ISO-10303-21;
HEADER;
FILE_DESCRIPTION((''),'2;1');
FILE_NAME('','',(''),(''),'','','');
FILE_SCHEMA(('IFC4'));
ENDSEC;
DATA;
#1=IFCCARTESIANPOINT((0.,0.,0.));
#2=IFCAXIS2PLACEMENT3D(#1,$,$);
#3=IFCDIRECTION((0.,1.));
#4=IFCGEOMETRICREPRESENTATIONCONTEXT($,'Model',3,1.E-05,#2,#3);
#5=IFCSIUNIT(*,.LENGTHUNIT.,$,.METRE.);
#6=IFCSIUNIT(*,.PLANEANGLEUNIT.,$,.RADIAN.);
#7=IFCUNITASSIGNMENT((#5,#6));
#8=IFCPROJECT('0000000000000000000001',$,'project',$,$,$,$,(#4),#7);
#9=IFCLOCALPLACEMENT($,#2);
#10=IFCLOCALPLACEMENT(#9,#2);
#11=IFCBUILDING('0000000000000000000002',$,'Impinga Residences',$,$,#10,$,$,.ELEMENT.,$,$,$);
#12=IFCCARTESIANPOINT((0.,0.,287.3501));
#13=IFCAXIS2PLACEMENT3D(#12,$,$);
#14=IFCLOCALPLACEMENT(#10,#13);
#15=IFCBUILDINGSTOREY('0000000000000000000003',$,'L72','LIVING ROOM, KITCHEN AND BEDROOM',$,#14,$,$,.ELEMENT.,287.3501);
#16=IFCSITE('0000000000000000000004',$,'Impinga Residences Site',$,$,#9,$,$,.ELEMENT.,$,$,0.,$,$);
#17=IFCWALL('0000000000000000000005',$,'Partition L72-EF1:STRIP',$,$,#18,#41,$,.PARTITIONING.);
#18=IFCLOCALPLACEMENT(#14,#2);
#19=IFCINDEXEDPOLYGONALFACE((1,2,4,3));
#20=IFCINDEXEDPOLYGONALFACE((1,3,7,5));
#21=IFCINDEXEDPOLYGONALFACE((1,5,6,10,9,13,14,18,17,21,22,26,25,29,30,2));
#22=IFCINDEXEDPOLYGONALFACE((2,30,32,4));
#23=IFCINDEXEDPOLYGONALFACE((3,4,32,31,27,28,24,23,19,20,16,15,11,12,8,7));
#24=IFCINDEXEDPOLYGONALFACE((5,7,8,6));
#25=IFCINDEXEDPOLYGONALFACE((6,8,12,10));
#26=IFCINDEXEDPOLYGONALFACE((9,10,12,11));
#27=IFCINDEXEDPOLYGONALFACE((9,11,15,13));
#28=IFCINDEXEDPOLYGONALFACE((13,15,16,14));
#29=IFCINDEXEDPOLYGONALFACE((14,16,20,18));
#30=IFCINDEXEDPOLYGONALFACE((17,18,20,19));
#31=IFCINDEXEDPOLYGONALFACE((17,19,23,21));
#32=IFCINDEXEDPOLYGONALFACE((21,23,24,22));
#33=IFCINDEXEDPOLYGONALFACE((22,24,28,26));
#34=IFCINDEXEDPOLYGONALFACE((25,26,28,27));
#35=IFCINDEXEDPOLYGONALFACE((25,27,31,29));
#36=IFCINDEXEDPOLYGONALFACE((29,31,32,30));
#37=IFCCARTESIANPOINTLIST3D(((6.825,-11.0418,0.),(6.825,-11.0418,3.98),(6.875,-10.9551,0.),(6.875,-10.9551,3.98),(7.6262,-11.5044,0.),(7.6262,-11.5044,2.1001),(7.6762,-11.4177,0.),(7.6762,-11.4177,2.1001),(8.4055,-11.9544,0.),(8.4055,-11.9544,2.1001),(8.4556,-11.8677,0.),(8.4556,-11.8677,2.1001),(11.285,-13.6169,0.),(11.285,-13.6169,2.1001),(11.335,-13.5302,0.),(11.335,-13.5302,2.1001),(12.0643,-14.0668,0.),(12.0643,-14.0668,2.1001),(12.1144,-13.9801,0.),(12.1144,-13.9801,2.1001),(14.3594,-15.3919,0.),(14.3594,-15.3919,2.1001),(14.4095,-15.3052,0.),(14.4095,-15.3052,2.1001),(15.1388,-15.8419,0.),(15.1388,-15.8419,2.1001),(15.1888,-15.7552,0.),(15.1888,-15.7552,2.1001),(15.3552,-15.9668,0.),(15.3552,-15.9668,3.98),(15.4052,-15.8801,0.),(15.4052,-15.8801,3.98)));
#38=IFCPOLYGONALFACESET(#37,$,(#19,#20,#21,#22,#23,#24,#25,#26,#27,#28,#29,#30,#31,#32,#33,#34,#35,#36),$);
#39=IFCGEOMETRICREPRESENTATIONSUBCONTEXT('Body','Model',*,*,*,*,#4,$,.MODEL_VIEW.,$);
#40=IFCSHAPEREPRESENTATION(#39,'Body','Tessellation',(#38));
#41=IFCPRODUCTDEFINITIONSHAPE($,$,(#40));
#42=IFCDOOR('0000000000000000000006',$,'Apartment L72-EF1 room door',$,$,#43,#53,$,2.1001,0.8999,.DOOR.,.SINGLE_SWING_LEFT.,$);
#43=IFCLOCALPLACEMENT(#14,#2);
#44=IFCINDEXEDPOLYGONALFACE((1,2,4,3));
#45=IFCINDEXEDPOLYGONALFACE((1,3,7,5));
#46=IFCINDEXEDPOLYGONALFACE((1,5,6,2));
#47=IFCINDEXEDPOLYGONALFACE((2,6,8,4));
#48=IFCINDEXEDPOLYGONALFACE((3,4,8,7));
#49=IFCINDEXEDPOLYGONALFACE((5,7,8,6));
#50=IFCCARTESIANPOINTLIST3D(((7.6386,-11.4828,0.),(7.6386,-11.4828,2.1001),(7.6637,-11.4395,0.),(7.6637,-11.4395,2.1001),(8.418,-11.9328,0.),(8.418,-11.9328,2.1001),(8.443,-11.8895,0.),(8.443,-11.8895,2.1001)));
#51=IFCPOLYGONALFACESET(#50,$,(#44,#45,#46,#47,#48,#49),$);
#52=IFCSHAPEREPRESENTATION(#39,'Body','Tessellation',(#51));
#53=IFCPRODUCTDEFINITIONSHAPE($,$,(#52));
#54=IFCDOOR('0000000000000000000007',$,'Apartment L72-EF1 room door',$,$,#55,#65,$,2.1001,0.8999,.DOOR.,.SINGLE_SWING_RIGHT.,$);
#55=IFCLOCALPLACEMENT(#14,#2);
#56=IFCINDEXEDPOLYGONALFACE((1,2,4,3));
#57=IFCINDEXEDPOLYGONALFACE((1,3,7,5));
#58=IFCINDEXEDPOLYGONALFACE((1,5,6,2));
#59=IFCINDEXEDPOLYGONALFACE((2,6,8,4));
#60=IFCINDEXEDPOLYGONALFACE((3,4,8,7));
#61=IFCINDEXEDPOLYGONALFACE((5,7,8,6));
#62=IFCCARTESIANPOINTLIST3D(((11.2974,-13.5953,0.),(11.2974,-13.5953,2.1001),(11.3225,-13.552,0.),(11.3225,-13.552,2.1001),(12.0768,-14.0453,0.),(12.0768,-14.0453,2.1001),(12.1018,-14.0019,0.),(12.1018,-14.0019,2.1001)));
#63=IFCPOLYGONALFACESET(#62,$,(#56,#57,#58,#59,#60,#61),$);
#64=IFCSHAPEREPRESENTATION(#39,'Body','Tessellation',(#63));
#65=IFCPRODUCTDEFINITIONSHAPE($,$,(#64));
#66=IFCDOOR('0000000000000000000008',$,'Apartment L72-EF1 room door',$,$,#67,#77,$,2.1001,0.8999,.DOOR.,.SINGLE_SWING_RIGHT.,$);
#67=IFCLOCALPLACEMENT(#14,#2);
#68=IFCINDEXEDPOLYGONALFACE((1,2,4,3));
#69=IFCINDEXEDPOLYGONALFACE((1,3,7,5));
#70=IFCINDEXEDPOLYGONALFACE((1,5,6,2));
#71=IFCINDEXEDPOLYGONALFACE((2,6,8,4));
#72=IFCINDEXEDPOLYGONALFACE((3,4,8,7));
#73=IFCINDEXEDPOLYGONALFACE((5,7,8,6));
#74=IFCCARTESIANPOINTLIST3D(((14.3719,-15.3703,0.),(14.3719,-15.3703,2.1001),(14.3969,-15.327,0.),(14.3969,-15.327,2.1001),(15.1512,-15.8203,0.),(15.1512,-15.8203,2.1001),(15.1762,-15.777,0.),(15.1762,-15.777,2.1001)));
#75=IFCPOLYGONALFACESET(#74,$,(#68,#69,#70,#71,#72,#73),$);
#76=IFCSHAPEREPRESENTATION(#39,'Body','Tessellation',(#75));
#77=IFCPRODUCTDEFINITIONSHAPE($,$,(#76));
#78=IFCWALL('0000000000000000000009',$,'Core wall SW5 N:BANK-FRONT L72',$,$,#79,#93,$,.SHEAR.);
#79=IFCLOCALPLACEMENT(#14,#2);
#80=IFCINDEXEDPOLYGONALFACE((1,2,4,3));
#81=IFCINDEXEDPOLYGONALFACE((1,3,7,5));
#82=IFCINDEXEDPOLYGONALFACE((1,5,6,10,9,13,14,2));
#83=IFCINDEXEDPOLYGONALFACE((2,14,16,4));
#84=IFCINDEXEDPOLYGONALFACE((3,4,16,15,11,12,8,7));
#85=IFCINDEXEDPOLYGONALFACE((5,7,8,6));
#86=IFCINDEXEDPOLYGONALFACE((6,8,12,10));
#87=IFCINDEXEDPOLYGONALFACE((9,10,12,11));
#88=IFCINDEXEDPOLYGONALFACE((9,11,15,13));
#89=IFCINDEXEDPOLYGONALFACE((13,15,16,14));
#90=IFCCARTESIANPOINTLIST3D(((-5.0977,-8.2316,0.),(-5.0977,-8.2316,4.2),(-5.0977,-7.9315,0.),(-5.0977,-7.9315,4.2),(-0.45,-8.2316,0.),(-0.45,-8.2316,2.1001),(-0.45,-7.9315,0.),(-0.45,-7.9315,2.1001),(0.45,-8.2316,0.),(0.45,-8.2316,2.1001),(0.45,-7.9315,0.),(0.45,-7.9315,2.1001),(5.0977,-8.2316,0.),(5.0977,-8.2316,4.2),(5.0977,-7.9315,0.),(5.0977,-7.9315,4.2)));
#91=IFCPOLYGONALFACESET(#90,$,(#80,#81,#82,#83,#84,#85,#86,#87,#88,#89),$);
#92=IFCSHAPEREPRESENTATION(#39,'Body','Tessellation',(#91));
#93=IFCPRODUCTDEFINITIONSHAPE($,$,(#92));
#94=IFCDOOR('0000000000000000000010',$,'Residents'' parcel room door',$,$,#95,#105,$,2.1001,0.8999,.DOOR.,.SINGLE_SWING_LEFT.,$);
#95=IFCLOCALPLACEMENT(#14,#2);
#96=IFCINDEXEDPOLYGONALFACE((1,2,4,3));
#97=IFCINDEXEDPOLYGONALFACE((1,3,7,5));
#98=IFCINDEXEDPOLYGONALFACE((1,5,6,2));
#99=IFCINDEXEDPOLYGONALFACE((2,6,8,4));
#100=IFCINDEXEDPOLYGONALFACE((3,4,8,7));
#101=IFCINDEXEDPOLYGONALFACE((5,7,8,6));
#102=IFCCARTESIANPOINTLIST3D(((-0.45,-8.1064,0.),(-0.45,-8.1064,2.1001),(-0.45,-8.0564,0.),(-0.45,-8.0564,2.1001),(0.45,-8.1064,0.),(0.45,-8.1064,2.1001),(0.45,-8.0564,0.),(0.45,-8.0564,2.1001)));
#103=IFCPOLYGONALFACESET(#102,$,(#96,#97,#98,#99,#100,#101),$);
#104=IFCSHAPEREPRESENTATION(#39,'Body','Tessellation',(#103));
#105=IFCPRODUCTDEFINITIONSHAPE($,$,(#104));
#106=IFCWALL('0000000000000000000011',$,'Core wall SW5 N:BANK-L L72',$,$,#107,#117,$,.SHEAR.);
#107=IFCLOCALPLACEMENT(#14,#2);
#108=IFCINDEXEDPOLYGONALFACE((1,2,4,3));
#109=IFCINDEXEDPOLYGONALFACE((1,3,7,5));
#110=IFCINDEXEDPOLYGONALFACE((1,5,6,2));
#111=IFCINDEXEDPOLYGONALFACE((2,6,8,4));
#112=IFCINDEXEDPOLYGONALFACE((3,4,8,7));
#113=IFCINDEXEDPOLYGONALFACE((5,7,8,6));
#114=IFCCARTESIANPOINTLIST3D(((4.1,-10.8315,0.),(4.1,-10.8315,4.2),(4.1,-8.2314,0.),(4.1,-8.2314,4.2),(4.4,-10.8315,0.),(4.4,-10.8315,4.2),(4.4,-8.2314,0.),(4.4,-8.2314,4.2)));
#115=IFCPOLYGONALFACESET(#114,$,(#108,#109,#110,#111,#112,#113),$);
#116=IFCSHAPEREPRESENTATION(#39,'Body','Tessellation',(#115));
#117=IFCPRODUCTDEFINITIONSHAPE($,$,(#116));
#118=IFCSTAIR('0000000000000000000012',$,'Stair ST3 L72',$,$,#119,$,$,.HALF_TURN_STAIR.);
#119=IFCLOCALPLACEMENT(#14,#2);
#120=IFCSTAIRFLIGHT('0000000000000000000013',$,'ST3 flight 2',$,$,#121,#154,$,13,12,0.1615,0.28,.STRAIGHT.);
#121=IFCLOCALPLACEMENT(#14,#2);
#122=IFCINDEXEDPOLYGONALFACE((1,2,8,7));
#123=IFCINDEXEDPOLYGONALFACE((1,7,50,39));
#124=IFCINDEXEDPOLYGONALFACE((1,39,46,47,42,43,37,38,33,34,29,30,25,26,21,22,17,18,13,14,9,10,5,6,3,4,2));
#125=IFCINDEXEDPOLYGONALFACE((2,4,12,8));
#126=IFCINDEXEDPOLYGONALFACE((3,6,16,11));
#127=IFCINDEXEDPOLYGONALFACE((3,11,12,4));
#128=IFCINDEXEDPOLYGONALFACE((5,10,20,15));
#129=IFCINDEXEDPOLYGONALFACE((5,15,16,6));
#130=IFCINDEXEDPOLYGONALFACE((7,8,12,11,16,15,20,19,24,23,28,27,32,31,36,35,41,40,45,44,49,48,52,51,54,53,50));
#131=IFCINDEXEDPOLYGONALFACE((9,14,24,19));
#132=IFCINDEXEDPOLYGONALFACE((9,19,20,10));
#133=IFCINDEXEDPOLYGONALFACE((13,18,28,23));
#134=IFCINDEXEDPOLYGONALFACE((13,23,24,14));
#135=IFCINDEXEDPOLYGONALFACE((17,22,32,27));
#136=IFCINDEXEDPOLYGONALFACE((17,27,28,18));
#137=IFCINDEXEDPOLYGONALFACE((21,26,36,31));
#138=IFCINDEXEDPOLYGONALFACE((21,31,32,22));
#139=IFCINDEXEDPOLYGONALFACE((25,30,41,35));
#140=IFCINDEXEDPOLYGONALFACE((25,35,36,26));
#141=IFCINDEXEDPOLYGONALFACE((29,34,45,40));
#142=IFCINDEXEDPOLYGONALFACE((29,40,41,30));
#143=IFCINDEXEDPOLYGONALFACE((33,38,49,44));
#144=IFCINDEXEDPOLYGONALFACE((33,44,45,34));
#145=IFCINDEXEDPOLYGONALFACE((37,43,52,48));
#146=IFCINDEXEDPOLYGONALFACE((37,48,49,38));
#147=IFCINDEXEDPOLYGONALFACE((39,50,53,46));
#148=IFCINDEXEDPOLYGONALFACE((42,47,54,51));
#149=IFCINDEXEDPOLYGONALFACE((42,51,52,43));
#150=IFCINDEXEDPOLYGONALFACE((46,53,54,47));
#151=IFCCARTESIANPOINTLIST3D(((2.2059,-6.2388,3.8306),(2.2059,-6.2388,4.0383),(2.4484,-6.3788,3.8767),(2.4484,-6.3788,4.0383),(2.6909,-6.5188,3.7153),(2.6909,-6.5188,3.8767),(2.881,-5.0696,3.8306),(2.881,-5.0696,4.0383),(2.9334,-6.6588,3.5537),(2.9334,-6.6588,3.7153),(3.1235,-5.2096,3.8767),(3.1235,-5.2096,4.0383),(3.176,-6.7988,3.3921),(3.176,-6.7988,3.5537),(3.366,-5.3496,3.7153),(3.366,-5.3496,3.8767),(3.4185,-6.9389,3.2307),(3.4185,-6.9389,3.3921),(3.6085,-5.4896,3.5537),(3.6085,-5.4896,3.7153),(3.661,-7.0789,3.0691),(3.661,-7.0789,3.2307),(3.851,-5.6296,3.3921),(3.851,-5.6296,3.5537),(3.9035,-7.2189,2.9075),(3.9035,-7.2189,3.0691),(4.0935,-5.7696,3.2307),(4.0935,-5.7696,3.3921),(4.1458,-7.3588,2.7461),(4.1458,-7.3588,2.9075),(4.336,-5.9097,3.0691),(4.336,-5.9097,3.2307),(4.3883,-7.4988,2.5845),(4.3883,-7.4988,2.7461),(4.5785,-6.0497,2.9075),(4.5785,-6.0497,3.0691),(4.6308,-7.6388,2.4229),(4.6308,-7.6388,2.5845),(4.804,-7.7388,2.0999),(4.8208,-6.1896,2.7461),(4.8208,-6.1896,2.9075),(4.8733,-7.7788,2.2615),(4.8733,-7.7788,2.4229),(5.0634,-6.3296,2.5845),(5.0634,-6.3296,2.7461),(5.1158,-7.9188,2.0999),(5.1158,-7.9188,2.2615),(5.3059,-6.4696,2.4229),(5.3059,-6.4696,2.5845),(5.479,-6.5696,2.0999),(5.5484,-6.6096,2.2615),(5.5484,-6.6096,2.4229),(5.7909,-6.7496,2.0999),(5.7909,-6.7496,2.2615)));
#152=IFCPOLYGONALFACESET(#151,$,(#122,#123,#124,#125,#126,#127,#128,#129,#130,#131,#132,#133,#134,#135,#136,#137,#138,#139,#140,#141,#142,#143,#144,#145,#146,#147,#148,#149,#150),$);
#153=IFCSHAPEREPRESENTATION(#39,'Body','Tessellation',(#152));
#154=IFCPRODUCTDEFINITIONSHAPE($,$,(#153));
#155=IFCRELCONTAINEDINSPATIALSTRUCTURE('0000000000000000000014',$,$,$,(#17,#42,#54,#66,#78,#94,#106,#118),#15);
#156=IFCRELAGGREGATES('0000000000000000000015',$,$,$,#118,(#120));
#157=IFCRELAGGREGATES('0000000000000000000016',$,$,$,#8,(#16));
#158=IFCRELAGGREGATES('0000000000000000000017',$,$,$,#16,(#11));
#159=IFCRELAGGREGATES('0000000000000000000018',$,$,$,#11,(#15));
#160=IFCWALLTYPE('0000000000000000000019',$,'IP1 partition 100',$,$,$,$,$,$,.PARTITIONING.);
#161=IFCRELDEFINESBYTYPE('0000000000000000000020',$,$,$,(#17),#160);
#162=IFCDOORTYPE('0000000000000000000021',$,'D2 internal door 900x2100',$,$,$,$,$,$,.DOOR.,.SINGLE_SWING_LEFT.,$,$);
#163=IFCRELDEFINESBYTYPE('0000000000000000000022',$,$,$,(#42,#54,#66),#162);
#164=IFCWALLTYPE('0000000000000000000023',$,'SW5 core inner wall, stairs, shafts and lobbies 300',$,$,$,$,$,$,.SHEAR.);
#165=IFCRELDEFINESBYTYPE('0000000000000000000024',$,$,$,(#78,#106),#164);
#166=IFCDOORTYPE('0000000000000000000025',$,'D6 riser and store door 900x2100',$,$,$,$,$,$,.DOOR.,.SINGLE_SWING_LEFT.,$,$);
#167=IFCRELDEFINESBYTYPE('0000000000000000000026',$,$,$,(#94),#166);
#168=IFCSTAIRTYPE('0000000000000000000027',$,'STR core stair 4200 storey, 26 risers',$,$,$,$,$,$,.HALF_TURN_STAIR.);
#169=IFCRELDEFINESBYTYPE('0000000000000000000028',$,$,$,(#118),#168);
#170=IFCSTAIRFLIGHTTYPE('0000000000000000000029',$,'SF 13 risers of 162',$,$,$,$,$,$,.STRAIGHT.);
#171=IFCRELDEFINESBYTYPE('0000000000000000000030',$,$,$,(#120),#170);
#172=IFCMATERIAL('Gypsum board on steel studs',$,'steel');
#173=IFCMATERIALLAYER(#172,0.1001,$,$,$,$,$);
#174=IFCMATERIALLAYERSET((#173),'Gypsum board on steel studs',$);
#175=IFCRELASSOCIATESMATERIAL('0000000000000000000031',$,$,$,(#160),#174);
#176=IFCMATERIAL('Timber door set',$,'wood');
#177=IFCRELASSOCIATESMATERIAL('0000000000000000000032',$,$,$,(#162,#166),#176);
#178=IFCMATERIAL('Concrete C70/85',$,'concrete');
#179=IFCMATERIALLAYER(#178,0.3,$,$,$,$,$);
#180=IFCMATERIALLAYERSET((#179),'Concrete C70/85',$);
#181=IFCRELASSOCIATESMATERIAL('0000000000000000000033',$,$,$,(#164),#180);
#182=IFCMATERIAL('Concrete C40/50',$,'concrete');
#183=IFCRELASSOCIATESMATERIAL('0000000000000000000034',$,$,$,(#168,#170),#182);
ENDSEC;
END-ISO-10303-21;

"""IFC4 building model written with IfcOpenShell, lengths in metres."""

from ifc_helpers import new_model, si_unit, direction, frame, frame_2d, origin, place, context, subcontext, project, spatial, polyline, rectangle, outline, extrude, material, layer, layer_set, type_object, element, fill, aggregate, save


model = new_model("IFC4")

# Units and contexts
model_context = context("Model", 3, precision=1e-05, world=origin(), true_north=direction((0.0, 1.0)))
body_context = subcontext(model_context, "Body", "Model", "MODEL_VIEW")
ifc_project = project(units=[si_unit("LENGTHUNIT", "METRE"), si_unit("PLANEANGLEUNIT", "RADIAN")], contexts=[model_context])

# Site, building, storey
site_placement = place(None, origin())
site = spatial("IfcSite", under=ifc_project, at=site_placement, Name="Impinga Residences Site", CompositionType="ELEMENT", RefElevation=0.0)
building_placement = place(site_placement, origin())
building = spatial("IfcBuilding", under=site, at=building_placement, Name="Impinga Residences", CompositionType="ELEMENT")
storey_placement = place(building_placement, frame((0.0, 0.0, 287.3501)))
storey = spatial("IfcBuildingStorey", under=building, at=storey_placement, Name="L72", Description="LIVING ROOM, KITCHEN AND BEDROOM", CompositionType="ELEMENT", Elevation=287.3501)

# Shared definitions
ifc_material_1 = material(Name="Gypsum board on steel studs", Category="steel")
ifc_layer_1 = layer(ifc_material_1, 0.1001)
ifc_layer_set_1 = layer_set([ifc_layer_1], Name="Gypsum board on steel studs")
wall_type_1 = type_object("IfcWallType", Name="IP1 partition 100", PredefinedType="PARTITIONING", material=ifc_layer_set_1)

# Wall, openings, doors
wall_1_placement = place(storey_placement, frame((6.8501, -10.9985, 0.0), z_axis=(0.0, 0.0, 1.0), x_axis=(0.866021, -0.500007, 0.0)))
wall_1 = element("IfcWall", 1, at=wall_1_placement, inside=storey, type_object=wall_type_1, Name="Partition L72-EF1:STRIP", PredefinedType="PARTITIONING", context=body_context, shape_type="SweptSolid", body=[
    extrude(rectangle(XDim=9.8499, YDim=0.1001, at=frame_2d((4.9248, 0.0))), origin(), (0.0, 0.0, 1.0), 3.98),
])
opening_1_placement = place(wall_1_placement, frame((0.925, 0.0, 0.0)))
opening_1 = element("IfcOpeningElement", 2, at=opening_1_placement, cuts=wall_1, PredefinedType="OPENING", context=body_context, shape_type="SweptSolid", body=[
    extrude(rectangle(XDim=0.8999, YDim=2.1001, at=frame_2d((0.45, 1.05))), frame((0.0, 0.0601, 0.0), z_axis=(0.0, -1.0, 0.0), x_axis=(1.0, 0.0, 0.0)), (0.0, 0.0, 1.0), 0.1201),
])
opening_2_placement = place(wall_1_placement, frame((5.1499, 0.0, 0.0)))
opening_2 = element("IfcOpeningElement", 3, at=opening_2_placement, cuts=wall_1, PredefinedType="OPENING", context=body_context, shape_type="SweptSolid", body=[
    extrude(rectangle(XDim=0.8999, YDim=2.1001, at=frame_2d((0.45, 1.05))), frame((0.0, 0.0601, 0.0), z_axis=(0.0, -1.0, 0.0), x_axis=(1.0, 0.0, 0.0)), (0.0, 0.0, 1.0), 0.1201),
])
opening_3_placement = place(wall_1_placement, frame((8.7, 0.0, 0.0)))
opening_3 = element("IfcOpeningElement", 4, at=opening_3_placement, cuts=wall_1, PredefinedType="OPENING", context=body_context, shape_type="SweptSolid", body=[
    extrude(rectangle(XDim=0.8999, YDim=2.1001, at=frame_2d((0.45, 1.05))), frame((0.0, 0.0601, 0.0), z_axis=(0.0, -1.0, 0.0), x_axis=(1.0, 0.0, 0.0)), (0.0, 0.0, 1.0), 0.1201),
])
ifc_material_2 = material(Name="Timber door set", Category="wood")
door_type_1 = type_object("IfcDoorType", Name="D2 internal door 900x2100", OperationType="SINGLE_SWING_LEFT", PredefinedType="DOOR", material=ifc_material_2)
door_1_placement = place(opening_1_placement, origin())
door_1 = element("IfcDoor", 5, at=door_1_placement, inside=storey, type_object=door_type_1, Name="Apartment L72-EF1 room door", OperationType="SINGLE_SWING_LEFT", OverallHeight=2.1001, OverallWidth=0.8999, PredefinedType="DOOR", context=body_context, shape_type="SweptSolid", body=[
    extrude(rectangle(XDim=0.8999, YDim=2.1001, at=frame_2d((0.45, 1.05))), frame((0.0, 0.0249, 0.0), z_axis=(0.0, -1.0, 0.0), x_axis=(1.0, 0.0, 0.0)), (0.0, 0.0, 1.0), 0.05),
])
fill(opening_1, door_1)
door_2_placement = place(opening_2_placement, origin())
door_2 = element("IfcDoor", 6, at=door_2_placement, inside=storey, type_object=door_type_1, Name="Apartment L72-EF1 room door", OperationType="SINGLE_SWING_RIGHT", OverallHeight=2.1001, OverallWidth=0.8999, PredefinedType="DOOR", context=body_context, shape_type="SweptSolid", body=[
    extrude(rectangle(XDim=0.8999, YDim=2.1001, at=frame_2d((0.45, 1.05))), frame((0.0, 0.0249, 0.0), z_axis=(0.0, -1.0, 0.0), x_axis=(1.0, 0.0, 0.0)), (0.0, 0.0, 1.0), 0.05),
])
fill(opening_2, door_2)
door_3_placement = place(opening_3_placement, origin())
door_3 = element("IfcDoor", 7, at=door_3_placement, inside=storey, type_object=door_type_1, Name="Apartment L72-EF1 room door", OperationType="SINGLE_SWING_RIGHT", OverallHeight=2.1001, OverallWidth=0.8999, PredefinedType="DOOR", context=body_context, shape_type="SweptSolid", body=[
    extrude(rectangle(XDim=0.8999, YDim=2.1001, at=frame_2d((0.45, 1.05))), frame((0.0, 0.0249, 0.0), z_axis=(0.0, -1.0, 0.0), x_axis=(1.0, 0.0, 0.0)), (0.0, 0.0, 1.0), 0.05),
])
fill(opening_3, door_3)

# Wall, opening, door
ifc_material_3 = material(Name="Concrete C70/85", Category="concrete")
ifc_layer_2 = layer(ifc_material_3, 0.3)
ifc_layer_set_2 = layer_set([ifc_layer_2], Name="Concrete C70/85")
wall_type_2 = type_object("IfcWallType", Name="SW5 core inner wall, stairs, shafts and lobbies 300", PredefinedType="SHEAR", material=ifc_layer_set_2)
wall_2_placement = place(storey_placement, frame((5.0977, -8.0815, 0.0), z_axis=(0.0, 0.0, 1.0), x_axis=(-1.0, 0.0, 0.0)))
wall_2 = element("IfcWall", 8, at=wall_2_placement, inside=storey, type_object=wall_type_2, Name="Core wall SW5 N:BANK-FRONT L72", PredefinedType="SHEAR", context=body_context, shape_type="SweptSolid", body=[
    extrude(rectangle(XDim=10.1953, YDim=0.3, at=frame_2d((5.0977, 0.0))), origin(), (0.0, 0.0, 1.0), 4.2),
])
opening_4_placement = place(wall_2_placement, frame((4.6477, 0.0, 0.0)))
opening_4 = element("IfcOpeningElement", 9, at=opening_4_placement, cuts=wall_2, PredefinedType="OPENING", context=body_context, shape_type="SweptSolid", body=[
    extrude(rectangle(XDim=0.8999, YDim=2.1001, at=frame_2d((0.45, 1.05))), frame((0.0, 0.1599, 0.0), z_axis=(0.0, -1.0, 0.0), x_axis=(1.0, 0.0, 0.0)), (0.0, 0.0, 1.0), 0.3201),
])
door_type_2 = type_object("IfcDoorType", Name="D6 riser and store door 900x2100", OperationType="SINGLE_SWING_LEFT", PredefinedType="DOOR", material=ifc_material_2)
door_4_placement = place(opening_4_placement, origin())
door_4 = element("IfcDoor", 10, at=door_4_placement, inside=storey, type_object=door_type_2, Name="Residents' parcel room door", OperationType="SINGLE_SWING_LEFT", OverallHeight=2.1001, OverallWidth=0.8999, PredefinedType="DOOR", context=body_context, shape_type="SweptSolid", body=[
    extrude(rectangle(XDim=0.8999, YDim=2.1001, at=frame_2d((0.45, 1.05))), frame((0.0, 0.0249, 0.0), z_axis=(0.0, -1.0, 0.0), x_axis=(1.0, 0.0, 0.0)), (0.0, 0.0, 1.0), 0.05),
])
fill(opening_4, door_4)

# Wall
wall_3_placement = place(storey_placement, frame((4.25, -8.2314, 0.0), z_axis=(0.0, 0.0, 1.0), x_axis=(0.0, -1.0, 0.0)))
element("IfcWall", 11, at=wall_3_placement, inside=storey, type_object=wall_type_2, Name="Core wall SW5 N:BANK-L L72", PredefinedType="SHEAR", context=body_context, shape_type="SweptSolid", body=[
    extrude(rectangle(XDim=2.6001, YDim=0.3, at=frame_2d((1.3, 0.0))), origin(), (0.0, 0.0, 1.0), 4.2),
])

# Stair, stair flight
ifc_material_4 = material(Name="Concrete C40/50", Category="concrete")
stair_type = type_object("IfcStairType", Name="STR core stair 4200 storey, 26 risers", PredefinedType="HALF_TURN_STAIR", material=ifc_material_4)
stair_placement = place(storey_placement, origin())
stair = element("IfcStair", 12, at=stair_placement, inside=storey, type_object=stair_type, Name="Stair ST3 L72", PredefinedType="HALF_TURN_STAIR")
stair_flight_type = type_object("IfcStairFlightType", Name="SF 13 risers of 162", PredefinedType="STRAIGHT", material=ifc_material_4)
stair_flight_placement = place(storey_placement, frame((5.4534, -7.3342, 2.0999), z_axis=(0.0, 0.0, 1.0), x_axis=(-0.866025, 0.5, 0.0)))
stair_flight = element("IfcStairFlight", 13, at=stair_flight_placement, type_object=stair_flight_type, Name="ST3 flight 2", NumberOfRisers=13, NumberOfTreads=12, PredefinedType="STRAIGHT", RiserHeight=0.1615, TreadLength=0.28, context=body_context, shape_type="SweptSolid", body=[
    extrude(outline(polyline([(0.0, 0.0), (0.0, 0.1616), (0.28, 0.1616), (0.28, 0.323), (0.5601, 0.323), (0.5601, 0.4846), (0.8401, 0.4846), (0.8401, 0.6462), (1.1201, 0.6462), (1.1201, 0.8076), (1.3999, 0.8076), (1.3999, 0.9692), (1.6799, 0.9692), (1.6799, 1.1309), (1.96, 1.1309), (1.96, 1.2922), (2.24, 1.2922), (2.24, 1.4539), (2.52, 1.4539), (2.52, 1.6155), (2.8, 1.6155), (2.8, 1.7769), (3.0801, 1.7769), (3.0801, 1.9385), (3.3601, 1.9385), (3.3601, 2.1001), (3.3601, 1.7307), (0.3601, 0.0), (0.0, 0.0)])), frame((0.0, 0.675, 0.0), z_axis=(0.0, -1.0, 0.0), x_axis=(1.0, 0.0, 0.0)), (0.0, 0.0, 1.0), 1.3501),
])
aggregate(stair, [stair_flight])

save(model, "model.ifc")
